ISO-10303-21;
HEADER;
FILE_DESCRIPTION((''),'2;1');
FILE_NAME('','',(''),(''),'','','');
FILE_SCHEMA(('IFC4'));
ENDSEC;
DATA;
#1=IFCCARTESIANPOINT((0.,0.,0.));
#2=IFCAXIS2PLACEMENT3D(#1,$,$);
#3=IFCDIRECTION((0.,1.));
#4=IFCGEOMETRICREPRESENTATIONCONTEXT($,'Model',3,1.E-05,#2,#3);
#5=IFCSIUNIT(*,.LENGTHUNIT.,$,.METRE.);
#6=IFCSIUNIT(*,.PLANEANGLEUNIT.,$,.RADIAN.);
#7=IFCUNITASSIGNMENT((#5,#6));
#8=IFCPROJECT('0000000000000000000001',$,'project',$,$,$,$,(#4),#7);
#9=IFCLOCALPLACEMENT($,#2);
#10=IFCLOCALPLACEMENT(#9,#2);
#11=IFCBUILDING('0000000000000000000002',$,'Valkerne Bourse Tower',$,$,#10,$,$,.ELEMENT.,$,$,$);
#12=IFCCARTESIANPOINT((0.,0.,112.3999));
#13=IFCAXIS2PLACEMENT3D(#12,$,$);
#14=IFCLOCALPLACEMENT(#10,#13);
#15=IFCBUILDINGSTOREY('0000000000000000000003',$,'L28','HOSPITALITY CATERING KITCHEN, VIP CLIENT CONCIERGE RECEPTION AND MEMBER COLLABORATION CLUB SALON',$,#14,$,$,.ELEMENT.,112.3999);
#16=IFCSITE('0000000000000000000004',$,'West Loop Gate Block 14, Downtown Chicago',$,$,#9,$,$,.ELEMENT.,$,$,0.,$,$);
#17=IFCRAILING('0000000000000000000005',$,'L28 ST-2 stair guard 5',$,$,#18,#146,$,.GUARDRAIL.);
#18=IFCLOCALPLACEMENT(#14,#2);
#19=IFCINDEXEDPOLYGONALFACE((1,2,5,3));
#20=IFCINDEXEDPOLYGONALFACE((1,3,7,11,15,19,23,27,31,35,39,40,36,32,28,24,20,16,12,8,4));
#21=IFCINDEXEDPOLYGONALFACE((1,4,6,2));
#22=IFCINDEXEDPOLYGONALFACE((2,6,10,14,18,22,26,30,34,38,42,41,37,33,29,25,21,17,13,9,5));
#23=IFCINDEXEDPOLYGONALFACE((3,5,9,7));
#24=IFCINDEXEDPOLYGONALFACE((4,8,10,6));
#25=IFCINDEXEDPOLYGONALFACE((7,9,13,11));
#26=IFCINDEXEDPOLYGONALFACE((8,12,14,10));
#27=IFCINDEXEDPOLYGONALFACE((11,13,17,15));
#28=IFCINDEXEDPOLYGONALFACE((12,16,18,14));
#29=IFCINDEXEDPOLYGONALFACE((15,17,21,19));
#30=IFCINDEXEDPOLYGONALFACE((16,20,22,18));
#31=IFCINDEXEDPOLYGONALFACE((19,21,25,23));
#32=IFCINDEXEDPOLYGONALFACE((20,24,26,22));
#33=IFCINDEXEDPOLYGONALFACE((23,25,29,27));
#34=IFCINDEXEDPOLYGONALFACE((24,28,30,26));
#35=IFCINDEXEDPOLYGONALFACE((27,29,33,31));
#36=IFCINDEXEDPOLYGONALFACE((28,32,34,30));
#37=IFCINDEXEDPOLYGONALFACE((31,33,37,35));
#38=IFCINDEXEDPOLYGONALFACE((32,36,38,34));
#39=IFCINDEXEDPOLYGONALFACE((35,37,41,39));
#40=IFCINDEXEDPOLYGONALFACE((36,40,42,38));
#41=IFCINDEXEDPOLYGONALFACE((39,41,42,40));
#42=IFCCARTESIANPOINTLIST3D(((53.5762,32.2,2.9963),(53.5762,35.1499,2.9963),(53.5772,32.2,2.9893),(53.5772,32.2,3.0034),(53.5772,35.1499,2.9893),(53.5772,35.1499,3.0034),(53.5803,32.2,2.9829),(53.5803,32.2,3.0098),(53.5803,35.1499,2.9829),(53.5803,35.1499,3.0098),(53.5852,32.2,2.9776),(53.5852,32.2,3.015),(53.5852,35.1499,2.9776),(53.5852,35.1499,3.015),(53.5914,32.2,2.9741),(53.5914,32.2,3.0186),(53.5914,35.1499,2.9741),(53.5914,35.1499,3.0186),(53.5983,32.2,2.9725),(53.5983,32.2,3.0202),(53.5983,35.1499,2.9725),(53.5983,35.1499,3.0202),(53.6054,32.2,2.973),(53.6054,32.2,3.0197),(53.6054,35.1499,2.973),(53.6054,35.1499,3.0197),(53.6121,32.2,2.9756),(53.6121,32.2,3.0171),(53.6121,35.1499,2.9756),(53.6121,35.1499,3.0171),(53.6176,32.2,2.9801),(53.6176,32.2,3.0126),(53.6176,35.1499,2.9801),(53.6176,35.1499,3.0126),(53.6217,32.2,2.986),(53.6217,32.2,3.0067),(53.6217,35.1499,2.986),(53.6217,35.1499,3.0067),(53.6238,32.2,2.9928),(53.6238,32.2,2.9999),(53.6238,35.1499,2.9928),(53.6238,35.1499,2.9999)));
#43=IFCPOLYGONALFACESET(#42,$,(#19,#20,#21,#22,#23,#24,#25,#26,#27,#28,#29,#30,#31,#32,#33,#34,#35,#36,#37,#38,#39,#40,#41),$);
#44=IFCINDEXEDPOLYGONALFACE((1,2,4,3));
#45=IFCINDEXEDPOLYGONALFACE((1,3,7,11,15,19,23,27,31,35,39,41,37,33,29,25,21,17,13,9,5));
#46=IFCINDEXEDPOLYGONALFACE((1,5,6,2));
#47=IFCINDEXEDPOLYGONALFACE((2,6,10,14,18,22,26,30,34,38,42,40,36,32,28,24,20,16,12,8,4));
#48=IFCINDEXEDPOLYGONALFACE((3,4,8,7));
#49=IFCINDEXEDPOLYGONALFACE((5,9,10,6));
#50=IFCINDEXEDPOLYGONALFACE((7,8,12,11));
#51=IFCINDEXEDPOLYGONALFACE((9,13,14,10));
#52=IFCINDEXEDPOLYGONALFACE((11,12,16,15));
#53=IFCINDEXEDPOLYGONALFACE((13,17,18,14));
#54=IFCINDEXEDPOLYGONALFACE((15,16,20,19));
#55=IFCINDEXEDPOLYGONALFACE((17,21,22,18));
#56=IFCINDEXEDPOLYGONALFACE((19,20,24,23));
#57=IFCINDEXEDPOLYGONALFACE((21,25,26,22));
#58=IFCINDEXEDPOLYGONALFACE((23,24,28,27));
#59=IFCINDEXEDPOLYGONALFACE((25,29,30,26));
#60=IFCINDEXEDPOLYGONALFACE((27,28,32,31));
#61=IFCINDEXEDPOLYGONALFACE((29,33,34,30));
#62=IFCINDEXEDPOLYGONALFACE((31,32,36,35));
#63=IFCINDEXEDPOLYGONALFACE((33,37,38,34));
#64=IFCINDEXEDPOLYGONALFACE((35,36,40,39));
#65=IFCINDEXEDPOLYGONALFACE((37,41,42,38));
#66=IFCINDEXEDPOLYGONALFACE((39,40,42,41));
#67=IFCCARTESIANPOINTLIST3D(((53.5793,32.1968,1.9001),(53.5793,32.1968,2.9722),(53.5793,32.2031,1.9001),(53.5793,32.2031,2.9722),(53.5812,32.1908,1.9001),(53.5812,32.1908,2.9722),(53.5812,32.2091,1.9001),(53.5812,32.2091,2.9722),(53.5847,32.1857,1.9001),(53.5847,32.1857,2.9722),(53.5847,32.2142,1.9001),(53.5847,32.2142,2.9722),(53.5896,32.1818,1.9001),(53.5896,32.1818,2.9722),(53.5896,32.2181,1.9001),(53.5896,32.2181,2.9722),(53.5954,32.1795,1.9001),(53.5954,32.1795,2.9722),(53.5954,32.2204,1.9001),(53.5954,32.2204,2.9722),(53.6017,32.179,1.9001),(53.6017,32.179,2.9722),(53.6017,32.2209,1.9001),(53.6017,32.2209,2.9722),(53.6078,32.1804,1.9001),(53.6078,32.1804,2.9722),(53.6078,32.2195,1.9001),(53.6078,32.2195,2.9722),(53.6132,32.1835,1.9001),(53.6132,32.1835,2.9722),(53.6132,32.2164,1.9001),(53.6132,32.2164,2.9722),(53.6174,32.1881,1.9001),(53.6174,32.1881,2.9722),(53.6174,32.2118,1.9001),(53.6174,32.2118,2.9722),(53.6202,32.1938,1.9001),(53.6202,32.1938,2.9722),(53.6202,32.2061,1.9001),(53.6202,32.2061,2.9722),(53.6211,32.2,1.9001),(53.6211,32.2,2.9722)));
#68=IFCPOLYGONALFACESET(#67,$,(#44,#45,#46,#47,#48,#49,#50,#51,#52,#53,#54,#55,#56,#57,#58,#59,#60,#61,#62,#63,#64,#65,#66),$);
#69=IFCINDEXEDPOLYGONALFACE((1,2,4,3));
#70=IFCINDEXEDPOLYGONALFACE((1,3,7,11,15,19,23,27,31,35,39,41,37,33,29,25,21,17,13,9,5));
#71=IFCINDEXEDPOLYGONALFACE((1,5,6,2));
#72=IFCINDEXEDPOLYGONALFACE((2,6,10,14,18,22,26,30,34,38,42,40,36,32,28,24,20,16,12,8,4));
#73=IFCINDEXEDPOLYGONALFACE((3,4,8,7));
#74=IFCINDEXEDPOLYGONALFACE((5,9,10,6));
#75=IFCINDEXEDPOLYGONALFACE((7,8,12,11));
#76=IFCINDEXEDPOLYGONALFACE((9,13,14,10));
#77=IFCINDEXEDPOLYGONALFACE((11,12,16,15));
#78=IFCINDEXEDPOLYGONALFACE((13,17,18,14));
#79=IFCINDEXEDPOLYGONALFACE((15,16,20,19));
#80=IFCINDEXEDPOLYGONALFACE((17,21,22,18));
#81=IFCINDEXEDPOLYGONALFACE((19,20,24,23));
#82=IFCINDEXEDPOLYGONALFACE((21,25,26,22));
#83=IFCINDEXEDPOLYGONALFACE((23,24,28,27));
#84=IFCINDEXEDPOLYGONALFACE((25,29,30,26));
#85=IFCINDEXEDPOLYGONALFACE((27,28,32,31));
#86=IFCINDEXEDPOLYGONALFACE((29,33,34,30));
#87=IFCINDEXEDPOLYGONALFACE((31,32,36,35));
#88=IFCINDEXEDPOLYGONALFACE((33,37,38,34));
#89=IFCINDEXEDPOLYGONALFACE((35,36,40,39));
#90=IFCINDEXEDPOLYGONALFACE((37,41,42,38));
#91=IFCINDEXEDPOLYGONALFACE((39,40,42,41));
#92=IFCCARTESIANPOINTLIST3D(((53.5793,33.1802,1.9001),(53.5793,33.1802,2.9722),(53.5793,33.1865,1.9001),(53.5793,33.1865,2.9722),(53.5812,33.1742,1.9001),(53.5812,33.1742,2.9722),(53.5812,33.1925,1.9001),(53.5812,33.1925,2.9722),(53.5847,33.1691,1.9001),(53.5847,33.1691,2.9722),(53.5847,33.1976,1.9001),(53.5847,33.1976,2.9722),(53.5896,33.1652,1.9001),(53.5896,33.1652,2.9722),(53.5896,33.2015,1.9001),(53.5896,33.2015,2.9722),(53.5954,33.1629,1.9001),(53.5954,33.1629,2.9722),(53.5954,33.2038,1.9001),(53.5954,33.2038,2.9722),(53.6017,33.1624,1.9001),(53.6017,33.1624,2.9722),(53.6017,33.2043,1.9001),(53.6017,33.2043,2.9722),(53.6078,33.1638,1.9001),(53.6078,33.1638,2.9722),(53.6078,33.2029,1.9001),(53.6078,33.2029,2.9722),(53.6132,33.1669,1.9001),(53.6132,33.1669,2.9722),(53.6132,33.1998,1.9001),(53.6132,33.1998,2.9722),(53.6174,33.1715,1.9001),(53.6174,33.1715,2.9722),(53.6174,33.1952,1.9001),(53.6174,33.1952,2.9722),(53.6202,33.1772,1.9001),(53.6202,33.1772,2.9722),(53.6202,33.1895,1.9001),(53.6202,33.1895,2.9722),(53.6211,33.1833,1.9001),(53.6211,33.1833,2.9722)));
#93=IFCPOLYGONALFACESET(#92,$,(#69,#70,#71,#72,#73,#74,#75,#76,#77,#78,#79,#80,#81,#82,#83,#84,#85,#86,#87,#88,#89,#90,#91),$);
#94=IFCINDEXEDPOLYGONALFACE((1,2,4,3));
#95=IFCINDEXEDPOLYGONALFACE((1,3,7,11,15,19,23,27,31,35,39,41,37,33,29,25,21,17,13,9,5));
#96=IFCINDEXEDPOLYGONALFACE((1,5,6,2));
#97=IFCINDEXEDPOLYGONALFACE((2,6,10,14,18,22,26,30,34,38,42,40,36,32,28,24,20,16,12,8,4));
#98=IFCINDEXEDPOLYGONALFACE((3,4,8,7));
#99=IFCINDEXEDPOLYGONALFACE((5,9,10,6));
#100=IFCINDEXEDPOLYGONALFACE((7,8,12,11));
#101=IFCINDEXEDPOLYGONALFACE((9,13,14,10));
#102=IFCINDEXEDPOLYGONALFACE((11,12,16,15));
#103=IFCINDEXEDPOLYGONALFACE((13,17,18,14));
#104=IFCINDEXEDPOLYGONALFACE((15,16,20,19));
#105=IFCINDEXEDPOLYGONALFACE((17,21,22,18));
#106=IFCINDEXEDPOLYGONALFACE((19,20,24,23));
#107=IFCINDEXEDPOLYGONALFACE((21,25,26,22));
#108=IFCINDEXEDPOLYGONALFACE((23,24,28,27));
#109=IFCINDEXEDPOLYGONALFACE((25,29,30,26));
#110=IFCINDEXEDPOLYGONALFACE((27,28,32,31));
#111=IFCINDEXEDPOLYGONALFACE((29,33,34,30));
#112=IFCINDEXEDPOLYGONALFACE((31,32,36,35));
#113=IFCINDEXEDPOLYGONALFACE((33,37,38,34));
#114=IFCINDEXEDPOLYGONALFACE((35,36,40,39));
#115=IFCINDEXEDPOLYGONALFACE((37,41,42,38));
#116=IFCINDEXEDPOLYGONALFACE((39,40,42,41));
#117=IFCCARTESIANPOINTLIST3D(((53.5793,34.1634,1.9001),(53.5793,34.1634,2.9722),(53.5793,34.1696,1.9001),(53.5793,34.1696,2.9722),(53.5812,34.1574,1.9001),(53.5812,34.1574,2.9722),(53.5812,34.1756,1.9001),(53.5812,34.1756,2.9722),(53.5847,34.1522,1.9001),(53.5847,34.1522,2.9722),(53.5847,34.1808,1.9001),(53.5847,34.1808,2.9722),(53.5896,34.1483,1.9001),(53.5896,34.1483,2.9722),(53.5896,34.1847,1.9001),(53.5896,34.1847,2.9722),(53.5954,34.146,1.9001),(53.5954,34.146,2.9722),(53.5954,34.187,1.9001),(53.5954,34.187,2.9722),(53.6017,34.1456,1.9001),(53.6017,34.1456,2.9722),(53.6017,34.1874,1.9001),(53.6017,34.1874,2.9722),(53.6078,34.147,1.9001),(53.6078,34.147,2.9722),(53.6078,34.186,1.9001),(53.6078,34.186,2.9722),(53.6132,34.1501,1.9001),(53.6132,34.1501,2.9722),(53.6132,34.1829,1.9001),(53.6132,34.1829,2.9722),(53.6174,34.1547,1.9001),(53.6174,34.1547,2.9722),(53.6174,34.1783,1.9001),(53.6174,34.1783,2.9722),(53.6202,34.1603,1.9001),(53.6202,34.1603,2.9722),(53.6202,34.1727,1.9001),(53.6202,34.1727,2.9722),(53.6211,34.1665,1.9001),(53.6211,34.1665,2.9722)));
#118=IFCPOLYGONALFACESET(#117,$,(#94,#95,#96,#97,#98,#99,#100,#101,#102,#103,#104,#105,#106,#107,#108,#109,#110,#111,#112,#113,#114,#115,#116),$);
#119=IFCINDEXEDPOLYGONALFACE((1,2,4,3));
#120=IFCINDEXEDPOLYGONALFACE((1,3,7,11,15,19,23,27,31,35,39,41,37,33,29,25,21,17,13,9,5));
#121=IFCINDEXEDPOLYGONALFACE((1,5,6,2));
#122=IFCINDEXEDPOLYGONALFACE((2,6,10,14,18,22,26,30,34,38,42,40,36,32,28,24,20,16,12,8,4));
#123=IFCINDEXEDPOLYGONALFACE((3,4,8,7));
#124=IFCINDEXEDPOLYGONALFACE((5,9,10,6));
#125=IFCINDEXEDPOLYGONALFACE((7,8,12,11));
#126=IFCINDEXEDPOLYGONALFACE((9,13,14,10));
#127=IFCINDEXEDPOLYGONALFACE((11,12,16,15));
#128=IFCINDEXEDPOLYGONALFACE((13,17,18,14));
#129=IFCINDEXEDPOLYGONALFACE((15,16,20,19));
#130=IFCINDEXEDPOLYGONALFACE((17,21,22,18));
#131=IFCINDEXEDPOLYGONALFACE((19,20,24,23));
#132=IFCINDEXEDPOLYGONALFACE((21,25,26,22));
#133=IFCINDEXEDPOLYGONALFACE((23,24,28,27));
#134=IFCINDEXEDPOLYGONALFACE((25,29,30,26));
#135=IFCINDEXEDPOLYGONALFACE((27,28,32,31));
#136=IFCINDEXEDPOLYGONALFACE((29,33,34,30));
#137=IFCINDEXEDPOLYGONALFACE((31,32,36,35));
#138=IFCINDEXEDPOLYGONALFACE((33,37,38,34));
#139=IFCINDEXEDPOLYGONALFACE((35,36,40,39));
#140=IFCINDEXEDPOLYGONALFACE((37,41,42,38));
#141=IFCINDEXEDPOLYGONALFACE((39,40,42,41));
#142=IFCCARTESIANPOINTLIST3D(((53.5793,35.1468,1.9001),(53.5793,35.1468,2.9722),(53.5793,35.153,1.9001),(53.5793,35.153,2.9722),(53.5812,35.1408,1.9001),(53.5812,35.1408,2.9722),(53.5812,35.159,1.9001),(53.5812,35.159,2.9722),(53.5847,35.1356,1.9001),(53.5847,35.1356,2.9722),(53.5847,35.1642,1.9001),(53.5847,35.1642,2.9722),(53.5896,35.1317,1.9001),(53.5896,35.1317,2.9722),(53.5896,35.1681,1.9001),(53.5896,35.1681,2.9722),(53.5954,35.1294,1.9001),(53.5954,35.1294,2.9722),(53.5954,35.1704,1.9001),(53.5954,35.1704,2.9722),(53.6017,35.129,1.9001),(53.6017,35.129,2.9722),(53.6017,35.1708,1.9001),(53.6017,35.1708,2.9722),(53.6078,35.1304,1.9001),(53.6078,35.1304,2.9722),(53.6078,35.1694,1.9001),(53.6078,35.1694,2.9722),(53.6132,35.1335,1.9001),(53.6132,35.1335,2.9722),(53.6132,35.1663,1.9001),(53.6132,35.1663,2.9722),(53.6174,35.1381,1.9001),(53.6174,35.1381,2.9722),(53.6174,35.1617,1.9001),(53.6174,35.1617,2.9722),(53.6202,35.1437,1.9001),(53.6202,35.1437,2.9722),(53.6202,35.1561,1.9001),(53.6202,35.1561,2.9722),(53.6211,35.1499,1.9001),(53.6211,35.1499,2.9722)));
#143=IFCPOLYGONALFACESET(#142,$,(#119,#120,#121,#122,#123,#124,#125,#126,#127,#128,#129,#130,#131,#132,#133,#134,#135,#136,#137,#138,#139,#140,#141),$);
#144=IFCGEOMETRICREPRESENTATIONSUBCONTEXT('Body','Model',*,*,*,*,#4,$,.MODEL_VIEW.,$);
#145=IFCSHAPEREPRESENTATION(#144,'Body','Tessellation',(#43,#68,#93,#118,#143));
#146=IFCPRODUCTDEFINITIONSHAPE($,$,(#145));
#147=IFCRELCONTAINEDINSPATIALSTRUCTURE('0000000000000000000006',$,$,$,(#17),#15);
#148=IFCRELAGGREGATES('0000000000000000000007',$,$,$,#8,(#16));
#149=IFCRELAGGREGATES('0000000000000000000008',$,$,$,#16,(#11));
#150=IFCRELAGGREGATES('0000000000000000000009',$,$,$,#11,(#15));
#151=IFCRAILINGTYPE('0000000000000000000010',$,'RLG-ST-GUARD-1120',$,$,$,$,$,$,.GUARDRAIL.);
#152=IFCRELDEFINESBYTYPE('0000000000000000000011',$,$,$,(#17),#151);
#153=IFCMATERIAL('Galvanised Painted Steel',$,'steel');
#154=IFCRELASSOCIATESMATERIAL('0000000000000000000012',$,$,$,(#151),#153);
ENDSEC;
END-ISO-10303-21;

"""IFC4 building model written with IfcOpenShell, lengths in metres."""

from ifc_helpers import new_model, si_unit, direction, frame, origin, origin_2d, place, context, subcontext, project, spatial, circle, extrude, material, type_object, element, save


model = new_model("IFC4")

# Units and contexts
model_context = context("Model", 3, precision=1e-05, world=origin(), true_north=direction((0.0, 1.0)))
body_context = subcontext(model_context, "Body", "Model", "MODEL_VIEW")
ifc_project = project(units=[si_unit("LENGTHUNIT", "METRE"), si_unit("PLANEANGLEUNIT", "RADIAN")], contexts=[model_context])

# Site, building, storey
site_placement = place(None, origin())
site = spatial("IfcSite", under=ifc_project, at=site_placement, Name="West Loop Gate Block 14, Downtown Chicago", CompositionType="ELEMENT", RefElevation=0.0)
building_placement = place(site_placement, origin())
building = spatial("IfcBuilding", under=site, at=building_placement, Name="Valkerne Bourse Tower", CompositionType="ELEMENT")
storey_placement = place(building_placement, frame((0.0, 0.0, 112.3999)))
storey = spatial("IfcBuildingStorey", under=building, at=storey_placement, Name="L28", Description="HOSPITALITY CATERING KITCHEN, VIP CLIENT CONCIERGE RECEPTION AND MEMBER COLLABORATION CLUB SALON", CompositionType="ELEMENT", Elevation=112.3999)

# Railing
ifc_material_1 = material(Name="Galvanised Painted Steel", Category="steel")
railing_type_1 = type_object("IfcRailingType", Name="RLG-ST-GUARD-1120", PredefinedType="GUARDRAIL", material=ifc_material_1)
railing_1_placement = place(storey_placement, frame((53.6001, 32.2, 1.9001)))
element("IfcRailing", 1, at=railing_1_placement, inside=storey, type_object=railing_type_1, Name="L28 ST-2 stair guard 5", PredefinedType="GUARDRAIL", context=body_context, shape_type="SweptSolid", body=[
    extrude(circle(Radius=0.0239, at=origin_2d()), frame((0.0, 0.0, 1.0962), z_axis=(0.0, 1.0, 0.0), x_axis=(-1.0, 0.0, 0.0)), (0.0, 0.0, 1.0), 2.95),
    extrude(circle(Radius=0.021, at=origin_2d()), origin(), (0.0, 0.0, 1.0), 1.072),
    extrude(circle(Radius=0.021, at=origin_2d()), frame((0.0, 0.9834, 0.0)), (0.0, 0.0, 1.0), 1.072),
    extrude(circle(Radius=0.021, at=origin_2d()), frame((0.0, 1.9666, 0.0)), (0.0, 0.0, 1.0), 1.072),
    extrude(circle(Radius=0.021, at=origin_2d()), frame((0.0, 2.95, 0.0)), (0.0, 0.0, 1.0), 1.072),
])

save(model, "model.ifc")
